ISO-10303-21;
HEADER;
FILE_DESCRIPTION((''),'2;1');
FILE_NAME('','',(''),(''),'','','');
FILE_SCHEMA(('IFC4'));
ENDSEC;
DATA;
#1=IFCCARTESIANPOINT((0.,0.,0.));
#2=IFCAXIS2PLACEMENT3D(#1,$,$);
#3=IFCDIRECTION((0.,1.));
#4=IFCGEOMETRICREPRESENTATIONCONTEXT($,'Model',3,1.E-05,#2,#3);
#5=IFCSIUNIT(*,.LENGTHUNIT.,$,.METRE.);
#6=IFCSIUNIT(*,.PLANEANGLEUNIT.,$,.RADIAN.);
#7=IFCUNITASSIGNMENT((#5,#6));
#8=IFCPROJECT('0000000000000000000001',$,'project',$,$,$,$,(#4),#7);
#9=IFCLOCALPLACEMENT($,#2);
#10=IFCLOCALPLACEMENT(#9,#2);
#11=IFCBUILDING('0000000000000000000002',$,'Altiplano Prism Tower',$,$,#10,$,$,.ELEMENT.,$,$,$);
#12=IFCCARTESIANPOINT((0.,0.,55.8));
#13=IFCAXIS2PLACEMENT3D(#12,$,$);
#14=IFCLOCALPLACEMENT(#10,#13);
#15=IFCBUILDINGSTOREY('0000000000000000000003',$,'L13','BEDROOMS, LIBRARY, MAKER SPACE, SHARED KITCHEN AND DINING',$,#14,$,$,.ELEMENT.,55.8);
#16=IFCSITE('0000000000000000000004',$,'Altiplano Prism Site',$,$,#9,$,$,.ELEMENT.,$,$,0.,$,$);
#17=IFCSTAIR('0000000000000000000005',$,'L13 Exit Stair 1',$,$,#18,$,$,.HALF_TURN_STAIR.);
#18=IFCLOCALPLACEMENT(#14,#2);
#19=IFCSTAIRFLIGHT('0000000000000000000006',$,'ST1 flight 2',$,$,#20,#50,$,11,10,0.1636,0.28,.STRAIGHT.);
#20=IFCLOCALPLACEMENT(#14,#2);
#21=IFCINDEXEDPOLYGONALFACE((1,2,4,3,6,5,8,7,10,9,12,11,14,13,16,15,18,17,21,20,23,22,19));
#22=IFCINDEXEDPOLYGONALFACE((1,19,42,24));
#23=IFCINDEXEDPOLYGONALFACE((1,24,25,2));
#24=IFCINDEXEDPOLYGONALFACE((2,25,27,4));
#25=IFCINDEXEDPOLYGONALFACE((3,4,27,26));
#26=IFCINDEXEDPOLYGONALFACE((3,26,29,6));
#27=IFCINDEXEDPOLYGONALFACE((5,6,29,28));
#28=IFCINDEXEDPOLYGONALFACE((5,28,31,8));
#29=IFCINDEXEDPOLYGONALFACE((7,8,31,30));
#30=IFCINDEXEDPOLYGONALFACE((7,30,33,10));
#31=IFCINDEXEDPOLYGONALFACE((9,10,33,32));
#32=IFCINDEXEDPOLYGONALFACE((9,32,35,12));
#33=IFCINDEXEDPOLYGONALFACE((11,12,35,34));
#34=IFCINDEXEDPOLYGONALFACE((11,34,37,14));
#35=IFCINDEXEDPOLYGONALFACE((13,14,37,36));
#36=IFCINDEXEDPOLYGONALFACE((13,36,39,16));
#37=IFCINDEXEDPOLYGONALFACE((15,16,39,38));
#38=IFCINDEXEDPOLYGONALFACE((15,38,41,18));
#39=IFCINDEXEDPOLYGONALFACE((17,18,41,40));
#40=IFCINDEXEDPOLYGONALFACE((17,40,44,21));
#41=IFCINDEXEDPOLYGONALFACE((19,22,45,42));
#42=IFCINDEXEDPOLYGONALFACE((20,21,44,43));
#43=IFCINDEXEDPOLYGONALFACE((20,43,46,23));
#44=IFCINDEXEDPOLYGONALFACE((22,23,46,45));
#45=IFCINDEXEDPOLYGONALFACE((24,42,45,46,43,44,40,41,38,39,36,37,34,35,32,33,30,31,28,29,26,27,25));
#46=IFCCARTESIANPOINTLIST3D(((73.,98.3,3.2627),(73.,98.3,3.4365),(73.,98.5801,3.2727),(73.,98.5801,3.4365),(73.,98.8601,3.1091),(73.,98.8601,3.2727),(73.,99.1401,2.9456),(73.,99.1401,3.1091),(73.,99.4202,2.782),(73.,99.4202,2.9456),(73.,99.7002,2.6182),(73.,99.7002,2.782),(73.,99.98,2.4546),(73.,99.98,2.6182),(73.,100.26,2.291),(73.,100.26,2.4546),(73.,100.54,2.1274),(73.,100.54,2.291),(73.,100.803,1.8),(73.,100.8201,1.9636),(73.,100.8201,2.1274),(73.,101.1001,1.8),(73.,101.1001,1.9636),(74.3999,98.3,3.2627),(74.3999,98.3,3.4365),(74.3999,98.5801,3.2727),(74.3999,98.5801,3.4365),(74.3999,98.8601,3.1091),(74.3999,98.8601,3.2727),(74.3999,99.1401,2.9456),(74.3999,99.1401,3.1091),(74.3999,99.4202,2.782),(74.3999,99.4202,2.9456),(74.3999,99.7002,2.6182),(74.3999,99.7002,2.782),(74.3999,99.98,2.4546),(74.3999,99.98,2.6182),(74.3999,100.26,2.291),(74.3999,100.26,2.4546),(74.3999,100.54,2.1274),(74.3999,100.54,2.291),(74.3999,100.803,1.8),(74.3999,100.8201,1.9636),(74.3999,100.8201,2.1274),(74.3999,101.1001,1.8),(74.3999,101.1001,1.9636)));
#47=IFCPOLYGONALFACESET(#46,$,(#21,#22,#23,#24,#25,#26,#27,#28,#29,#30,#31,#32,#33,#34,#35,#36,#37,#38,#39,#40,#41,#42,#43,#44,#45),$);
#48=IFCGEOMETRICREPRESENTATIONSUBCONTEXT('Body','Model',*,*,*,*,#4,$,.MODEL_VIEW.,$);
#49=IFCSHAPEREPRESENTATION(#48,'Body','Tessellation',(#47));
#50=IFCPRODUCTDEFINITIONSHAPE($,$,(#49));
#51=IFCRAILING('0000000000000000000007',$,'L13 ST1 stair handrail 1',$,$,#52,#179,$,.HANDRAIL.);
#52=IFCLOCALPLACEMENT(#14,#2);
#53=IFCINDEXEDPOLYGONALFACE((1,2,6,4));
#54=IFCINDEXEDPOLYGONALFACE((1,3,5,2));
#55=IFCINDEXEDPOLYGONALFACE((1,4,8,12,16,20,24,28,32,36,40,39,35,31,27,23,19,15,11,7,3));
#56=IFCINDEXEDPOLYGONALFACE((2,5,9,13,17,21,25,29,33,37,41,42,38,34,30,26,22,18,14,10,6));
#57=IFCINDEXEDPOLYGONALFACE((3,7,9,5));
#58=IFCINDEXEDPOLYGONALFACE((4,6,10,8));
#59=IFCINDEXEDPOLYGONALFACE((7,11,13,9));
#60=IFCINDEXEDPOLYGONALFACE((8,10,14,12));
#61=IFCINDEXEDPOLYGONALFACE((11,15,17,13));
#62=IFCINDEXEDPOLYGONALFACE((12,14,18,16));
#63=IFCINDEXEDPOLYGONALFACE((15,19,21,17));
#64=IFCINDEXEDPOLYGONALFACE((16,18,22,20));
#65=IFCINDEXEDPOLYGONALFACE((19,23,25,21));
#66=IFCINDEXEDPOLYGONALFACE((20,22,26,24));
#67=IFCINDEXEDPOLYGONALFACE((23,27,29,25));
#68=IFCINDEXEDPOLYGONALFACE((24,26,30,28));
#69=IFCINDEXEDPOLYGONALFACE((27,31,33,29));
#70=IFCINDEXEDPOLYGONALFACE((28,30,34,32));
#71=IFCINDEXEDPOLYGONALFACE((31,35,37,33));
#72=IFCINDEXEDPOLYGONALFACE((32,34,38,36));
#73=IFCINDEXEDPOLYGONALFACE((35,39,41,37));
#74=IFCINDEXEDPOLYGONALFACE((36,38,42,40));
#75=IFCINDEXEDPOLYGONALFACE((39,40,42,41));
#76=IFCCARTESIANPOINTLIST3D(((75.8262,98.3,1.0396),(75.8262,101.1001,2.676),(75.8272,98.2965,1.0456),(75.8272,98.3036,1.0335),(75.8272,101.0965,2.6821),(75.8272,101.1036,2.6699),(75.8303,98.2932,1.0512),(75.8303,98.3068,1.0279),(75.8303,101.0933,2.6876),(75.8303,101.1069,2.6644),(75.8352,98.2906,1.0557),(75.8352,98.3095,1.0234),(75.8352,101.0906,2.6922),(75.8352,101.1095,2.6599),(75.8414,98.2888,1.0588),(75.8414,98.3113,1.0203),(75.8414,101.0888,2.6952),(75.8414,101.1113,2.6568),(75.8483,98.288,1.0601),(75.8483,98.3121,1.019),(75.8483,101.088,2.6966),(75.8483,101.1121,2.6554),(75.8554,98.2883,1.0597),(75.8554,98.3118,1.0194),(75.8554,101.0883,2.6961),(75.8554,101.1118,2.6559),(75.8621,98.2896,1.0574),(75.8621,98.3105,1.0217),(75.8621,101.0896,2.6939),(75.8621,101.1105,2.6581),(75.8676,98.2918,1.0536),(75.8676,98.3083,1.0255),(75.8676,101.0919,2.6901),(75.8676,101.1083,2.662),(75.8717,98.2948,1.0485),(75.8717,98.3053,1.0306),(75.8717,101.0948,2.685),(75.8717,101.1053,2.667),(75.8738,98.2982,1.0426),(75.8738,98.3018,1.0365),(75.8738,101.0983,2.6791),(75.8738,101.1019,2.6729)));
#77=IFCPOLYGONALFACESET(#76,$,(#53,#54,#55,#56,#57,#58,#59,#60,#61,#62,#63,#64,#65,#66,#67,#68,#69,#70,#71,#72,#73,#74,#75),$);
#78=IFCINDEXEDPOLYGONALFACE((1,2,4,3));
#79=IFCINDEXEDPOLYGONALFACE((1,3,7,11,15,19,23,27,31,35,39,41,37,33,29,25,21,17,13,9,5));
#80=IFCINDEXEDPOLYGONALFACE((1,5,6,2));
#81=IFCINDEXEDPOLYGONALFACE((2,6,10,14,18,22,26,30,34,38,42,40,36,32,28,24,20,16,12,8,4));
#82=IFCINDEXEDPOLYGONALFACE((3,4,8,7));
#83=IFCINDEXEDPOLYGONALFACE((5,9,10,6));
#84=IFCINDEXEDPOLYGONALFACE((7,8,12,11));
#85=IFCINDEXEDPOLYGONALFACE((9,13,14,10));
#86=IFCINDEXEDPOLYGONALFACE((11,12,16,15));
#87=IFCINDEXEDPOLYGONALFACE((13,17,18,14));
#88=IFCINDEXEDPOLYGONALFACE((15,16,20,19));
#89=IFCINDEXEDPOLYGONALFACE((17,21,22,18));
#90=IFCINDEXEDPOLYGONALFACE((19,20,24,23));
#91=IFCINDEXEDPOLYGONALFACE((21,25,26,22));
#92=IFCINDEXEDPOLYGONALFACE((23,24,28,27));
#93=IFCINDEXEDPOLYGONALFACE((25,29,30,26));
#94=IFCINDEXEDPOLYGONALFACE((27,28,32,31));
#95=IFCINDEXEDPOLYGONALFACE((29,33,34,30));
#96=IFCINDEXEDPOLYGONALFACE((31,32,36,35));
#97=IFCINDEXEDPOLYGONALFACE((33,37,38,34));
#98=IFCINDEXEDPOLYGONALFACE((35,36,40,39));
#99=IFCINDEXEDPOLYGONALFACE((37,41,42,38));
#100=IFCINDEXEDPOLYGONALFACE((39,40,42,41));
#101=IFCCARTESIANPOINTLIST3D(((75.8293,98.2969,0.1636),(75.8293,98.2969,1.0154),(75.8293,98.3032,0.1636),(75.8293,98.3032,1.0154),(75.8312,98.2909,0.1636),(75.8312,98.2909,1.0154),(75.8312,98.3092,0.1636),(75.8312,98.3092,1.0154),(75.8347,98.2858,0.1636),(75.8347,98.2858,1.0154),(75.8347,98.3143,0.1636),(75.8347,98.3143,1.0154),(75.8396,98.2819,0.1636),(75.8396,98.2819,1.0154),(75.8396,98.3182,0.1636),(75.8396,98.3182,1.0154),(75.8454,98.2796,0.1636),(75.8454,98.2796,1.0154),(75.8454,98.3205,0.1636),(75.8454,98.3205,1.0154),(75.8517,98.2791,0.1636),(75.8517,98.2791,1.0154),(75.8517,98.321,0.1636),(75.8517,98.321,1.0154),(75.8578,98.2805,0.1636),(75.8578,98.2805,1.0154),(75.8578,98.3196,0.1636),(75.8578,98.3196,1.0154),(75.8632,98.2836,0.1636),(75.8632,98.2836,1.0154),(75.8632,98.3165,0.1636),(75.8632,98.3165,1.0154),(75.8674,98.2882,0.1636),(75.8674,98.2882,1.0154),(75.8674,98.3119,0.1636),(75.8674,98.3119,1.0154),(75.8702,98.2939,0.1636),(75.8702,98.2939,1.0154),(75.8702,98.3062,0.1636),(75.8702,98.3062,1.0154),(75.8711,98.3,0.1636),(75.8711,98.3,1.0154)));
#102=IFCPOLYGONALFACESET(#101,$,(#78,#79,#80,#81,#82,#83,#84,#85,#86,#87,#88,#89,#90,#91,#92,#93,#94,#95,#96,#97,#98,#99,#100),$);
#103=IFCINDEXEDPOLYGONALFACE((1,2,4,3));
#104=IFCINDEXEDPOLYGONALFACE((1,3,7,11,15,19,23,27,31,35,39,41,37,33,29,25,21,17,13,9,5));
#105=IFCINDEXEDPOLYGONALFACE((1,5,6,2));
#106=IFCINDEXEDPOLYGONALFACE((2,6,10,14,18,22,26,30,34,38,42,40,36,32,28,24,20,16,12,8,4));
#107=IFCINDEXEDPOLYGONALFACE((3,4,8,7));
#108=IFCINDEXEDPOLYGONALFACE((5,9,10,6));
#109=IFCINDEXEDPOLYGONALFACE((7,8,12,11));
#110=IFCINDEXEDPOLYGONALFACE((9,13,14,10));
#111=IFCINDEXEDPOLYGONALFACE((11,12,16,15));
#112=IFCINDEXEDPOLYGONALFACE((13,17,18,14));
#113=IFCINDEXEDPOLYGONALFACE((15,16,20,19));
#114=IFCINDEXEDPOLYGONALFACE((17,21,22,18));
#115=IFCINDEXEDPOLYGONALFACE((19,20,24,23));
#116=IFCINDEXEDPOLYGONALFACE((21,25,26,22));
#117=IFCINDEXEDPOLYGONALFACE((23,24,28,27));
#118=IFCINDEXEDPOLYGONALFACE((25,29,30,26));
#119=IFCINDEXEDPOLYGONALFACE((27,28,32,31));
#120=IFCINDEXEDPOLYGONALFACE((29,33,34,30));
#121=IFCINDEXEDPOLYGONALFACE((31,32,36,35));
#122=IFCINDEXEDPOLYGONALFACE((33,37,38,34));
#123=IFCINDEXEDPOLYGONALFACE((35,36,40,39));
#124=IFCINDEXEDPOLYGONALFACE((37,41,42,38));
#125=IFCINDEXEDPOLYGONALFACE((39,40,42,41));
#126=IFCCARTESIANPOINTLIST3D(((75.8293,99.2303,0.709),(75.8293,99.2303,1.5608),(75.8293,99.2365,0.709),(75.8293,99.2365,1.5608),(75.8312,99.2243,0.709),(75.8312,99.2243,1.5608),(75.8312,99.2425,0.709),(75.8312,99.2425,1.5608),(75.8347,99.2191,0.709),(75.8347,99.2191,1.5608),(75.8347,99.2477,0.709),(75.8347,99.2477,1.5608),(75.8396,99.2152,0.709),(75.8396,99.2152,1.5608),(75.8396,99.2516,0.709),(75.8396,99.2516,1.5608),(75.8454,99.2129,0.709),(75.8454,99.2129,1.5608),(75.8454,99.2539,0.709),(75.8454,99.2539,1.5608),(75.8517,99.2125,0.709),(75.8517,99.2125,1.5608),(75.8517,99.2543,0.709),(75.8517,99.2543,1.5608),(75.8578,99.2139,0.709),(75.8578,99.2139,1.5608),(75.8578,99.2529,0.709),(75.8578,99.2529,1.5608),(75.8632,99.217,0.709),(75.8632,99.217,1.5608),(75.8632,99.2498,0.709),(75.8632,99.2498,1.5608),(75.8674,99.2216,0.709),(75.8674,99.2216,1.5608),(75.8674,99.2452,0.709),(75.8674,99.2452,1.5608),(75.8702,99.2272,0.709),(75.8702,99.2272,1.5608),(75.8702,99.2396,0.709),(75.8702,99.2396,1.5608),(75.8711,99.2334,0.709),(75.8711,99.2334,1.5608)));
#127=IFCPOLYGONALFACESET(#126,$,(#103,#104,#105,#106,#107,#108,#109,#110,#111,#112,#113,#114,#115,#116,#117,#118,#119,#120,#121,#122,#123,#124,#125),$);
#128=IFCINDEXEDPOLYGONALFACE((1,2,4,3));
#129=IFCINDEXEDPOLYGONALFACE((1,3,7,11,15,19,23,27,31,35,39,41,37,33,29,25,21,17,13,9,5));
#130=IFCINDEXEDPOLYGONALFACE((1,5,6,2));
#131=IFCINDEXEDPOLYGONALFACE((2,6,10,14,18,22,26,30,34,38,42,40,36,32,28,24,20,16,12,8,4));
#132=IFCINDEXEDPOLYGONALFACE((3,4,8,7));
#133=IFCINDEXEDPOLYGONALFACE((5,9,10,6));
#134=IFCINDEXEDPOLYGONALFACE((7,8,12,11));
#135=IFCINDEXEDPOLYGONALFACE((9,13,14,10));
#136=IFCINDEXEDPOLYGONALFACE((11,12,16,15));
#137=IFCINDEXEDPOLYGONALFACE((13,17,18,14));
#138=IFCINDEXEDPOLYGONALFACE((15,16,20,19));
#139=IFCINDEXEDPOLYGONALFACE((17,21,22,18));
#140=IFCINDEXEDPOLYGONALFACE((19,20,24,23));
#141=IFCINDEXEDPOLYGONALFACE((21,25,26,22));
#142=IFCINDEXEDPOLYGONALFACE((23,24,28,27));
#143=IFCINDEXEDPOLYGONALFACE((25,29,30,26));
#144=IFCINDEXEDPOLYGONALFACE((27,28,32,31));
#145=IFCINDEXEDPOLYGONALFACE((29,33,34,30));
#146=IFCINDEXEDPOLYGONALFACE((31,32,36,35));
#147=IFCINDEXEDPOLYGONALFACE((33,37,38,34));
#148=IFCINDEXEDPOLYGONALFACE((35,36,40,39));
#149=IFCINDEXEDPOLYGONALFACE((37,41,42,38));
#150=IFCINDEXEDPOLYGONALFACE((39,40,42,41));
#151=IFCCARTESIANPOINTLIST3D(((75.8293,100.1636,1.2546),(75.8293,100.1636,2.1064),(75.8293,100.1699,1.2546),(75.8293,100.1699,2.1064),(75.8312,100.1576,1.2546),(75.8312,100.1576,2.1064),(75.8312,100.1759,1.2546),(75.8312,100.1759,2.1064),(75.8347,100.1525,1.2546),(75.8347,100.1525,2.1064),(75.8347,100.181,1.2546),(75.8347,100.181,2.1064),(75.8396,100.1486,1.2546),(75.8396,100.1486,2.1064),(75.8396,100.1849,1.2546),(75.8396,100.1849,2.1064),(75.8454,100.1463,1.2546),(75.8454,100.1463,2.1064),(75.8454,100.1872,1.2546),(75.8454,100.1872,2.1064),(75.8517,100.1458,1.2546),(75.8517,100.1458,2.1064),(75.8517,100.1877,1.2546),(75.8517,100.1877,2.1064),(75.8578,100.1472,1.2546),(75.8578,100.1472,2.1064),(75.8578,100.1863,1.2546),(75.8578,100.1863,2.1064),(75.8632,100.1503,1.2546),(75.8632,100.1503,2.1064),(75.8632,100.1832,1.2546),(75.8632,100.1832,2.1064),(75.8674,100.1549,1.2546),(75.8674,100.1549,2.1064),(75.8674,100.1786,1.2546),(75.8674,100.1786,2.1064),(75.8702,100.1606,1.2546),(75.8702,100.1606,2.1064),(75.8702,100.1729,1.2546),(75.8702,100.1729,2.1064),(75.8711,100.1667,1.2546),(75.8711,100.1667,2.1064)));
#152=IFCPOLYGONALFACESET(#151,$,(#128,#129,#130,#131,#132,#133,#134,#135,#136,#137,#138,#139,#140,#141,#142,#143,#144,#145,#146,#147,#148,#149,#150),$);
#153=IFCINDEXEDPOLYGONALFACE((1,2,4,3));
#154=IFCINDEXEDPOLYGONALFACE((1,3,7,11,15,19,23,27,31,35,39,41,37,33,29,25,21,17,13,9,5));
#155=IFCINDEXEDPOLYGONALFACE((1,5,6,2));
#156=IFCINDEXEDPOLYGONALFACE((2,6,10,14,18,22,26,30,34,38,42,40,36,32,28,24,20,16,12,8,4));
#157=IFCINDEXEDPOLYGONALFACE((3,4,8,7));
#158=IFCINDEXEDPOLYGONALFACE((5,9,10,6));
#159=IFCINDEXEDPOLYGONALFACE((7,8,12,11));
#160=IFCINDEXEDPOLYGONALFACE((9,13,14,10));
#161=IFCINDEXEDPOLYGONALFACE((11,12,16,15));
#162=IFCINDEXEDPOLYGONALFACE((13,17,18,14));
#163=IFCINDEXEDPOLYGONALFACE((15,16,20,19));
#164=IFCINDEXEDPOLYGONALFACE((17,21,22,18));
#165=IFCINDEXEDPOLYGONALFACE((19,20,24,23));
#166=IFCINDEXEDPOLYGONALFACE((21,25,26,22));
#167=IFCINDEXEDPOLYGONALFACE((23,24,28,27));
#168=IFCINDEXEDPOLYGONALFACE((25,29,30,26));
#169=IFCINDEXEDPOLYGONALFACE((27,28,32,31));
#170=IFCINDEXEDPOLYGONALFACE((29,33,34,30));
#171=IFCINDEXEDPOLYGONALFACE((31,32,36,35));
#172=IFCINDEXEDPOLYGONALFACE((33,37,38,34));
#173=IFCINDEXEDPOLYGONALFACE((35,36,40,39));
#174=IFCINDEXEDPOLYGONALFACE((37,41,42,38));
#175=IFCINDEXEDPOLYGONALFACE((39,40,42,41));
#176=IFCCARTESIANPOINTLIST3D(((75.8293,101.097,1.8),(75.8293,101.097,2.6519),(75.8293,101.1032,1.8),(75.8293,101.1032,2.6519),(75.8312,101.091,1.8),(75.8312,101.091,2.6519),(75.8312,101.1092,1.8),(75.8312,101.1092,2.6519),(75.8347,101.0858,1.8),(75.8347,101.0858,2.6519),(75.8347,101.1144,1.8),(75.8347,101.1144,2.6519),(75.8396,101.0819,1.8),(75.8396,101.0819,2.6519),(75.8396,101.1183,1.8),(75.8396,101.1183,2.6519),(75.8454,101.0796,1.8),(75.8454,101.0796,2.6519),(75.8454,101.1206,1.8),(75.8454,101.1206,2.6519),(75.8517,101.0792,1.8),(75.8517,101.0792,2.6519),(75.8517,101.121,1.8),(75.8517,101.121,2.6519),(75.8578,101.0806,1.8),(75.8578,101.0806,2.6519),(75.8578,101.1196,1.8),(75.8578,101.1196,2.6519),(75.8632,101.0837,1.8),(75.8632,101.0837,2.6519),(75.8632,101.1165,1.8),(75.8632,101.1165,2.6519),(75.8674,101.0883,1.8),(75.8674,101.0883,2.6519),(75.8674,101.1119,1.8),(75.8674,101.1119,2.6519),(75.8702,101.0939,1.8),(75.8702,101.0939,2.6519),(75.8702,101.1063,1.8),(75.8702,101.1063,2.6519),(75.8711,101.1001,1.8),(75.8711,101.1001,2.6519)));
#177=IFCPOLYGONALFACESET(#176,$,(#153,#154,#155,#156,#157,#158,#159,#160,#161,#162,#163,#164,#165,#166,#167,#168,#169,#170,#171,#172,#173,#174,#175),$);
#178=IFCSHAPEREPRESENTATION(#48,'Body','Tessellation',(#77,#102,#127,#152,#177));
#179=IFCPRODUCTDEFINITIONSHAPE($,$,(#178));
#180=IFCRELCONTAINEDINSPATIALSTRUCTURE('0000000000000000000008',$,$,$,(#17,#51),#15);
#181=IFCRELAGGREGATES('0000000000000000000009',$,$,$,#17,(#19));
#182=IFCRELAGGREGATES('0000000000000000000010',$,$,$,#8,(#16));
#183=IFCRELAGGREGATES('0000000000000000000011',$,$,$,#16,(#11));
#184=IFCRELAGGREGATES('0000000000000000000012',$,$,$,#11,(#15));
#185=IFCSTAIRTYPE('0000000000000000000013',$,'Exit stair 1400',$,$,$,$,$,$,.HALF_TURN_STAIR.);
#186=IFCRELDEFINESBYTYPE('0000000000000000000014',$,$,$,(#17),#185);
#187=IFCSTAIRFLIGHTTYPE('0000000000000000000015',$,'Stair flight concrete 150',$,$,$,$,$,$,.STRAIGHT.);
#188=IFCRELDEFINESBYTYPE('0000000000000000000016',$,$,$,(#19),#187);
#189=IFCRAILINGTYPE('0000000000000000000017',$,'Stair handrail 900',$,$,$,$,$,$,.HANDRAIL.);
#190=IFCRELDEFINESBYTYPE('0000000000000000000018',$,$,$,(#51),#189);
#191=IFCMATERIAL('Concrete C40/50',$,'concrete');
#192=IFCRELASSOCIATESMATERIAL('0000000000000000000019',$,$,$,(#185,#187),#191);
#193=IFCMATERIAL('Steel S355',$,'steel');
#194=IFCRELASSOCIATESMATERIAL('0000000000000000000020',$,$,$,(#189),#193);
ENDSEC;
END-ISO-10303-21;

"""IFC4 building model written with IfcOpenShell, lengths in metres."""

from ifc_helpers import new_model, si_unit, direction, frame, origin, origin_2d, place, context, subcontext, project, spatial, polyline, circle, outline, extrude, material, type_object, element, aggregate, save


model = new_model("IFC4")

# Units and contexts
model_context = context("Model", 3, precision=1e-05, world=origin(), true_north=direction((0.0, 1.0)))
body_context = subcontext(model_context, "Body", "Model", "MODEL_VIEW")
ifc_project = project(units=[si_unit("LENGTHUNIT", "METRE"), si_unit("PLANEANGLEUNIT", "RADIAN")], contexts=[model_context])

# Site, building, storey
site_placement = place(None, origin())
site = spatial("IfcSite", under=ifc_project, at=site_placement, Name="Altiplano Prism Site", CompositionType="ELEMENT", RefElevation=0.0)
building_placement = place(site_placement, origin())
building = spatial("IfcBuilding", under=site, at=building_placement, Name="Altiplano Prism Tower", CompositionType="ELEMENT")
storey_placement = place(building_placement, frame((0.0, 0.0, 55.8)))
storey = spatial("IfcBuildingStorey", under=building, at=storey_placement, Name="L13", Description="BEDROOMS, LIBRARY, MAKER SPACE, SHARED KITCHEN AND DINING", CompositionType="ELEMENT", Elevation=55.8)

# Stair, stair flight
ifc_material_1 = material(Name="Concrete C40/50", Category="concrete")
stair_type = type_object("IfcStairType", Name="Exit stair 1400", PredefinedType="HALF_TURN_STAIR", material=ifc_material_1)
stair_placement = place(storey_placement, origin())
stair = element("IfcStair", 1, at=stair_placement, inside=storey, type_object=stair_type, Name="L13 Exit Stair 1", PredefinedType="HALF_TURN_STAIR")
stair_flight_type = type_object("IfcStairFlightType", Name="Stair flight concrete 150", PredefinedType="STRAIGHT", material=ifc_material_1)
stair_flight_1_placement = place(storey_placement, frame((73.7, 101.1001, 1.8), z_axis=(0.0, 0.0, 1.0), x_axis=(0.0, -1.0, 0.0)))
stair_flight_1 = element("IfcStairFlight", 2, at=stair_flight_1_placement, type_object=stair_flight_type, Name="ST1 flight 2", NumberOfRisers=11, NumberOfTreads=10, PredefinedType="STRAIGHT", RiserHeight=0.1636, TreadLength=0.28, context=body_context, shape_type="SweptSolid", body=[
    extrude(outline(polyline([(0.0, 0.0), (0.0, 0.1636), (0.28, 0.1636), (0.28, 0.3274), (0.5601, 0.3274), (0.5601, 0.491), (0.8401, 0.491), (0.8401, 0.6545), (1.1201, 0.6545), (1.1201, 0.8181), (1.3999, 0.8181), (1.3999, 0.9819), (1.6799, 0.9819), (1.6799, 1.1455), (1.96, 1.1455), (1.96, 1.3091), (2.24, 1.3091), (2.24, 1.4727), (2.52, 1.4727), (2.52, 1.6365), (2.8, 1.6365), (2.8, 1.8), (2.8, 1.4626), (0.2971, 0.0), (0.0, 0.0)])), frame((0.0, 0.7, 0.0), z_axis=(0.0, -1.0, 0.0), x_axis=(1.0, 0.0, 0.0)), (0.0, 0.0, 1.0), 1.3999),
])
aggregate(stair, [stair_flight_1])

# Railing
ifc_material_2 = material(Name="Steel S355", Category="steel")
railing_type_1 = type_object("IfcRailingType", Name="Stair handrail 900", PredefinedType="HANDRAIL", material=ifc_material_2)
railing_1_placement = place(storey_placement, frame((75.8501, 98.3, 0.1636)))
element("IfcRailing", 3, at=railing_1_placement, inside=storey, type_object=railing_type_1, Name="L13 ST1 stair handrail 1", PredefinedType="HANDRAIL", context=body_context, shape_type="SweptSolid", body=[
    extrude(circle(Radius=0.0239, at=origin_2d()), frame((0.0, 0.0, 0.876), z_axis=(0.0, 0.863361, 0.504587), x_axis=(-1.0, 0.0, 0.0)), (0.0, 0.0, 1.0), 3.2432),
    extrude(circle(Radius=0.021, at=origin_2d()), origin(), (0.0, 0.0, 1.0), 0.8518),
    extrude(circle(Radius=0.021, at=origin_2d()), frame((0.0, 0.9333, 0.5454)), (0.0, 0.0, 1.0), 0.8518),
    extrude(circle(Radius=0.021, at=origin_2d()), frame((0.0, 1.8667, 1.0911)), (0.0, 0.0, 1.0), 0.8518),
    extrude(circle(Radius=0.021, at=origin_2d()), frame((0.0, 2.8, 1.6365)), (0.0, 0.0, 1.0), 0.8518),
])

save(model, "model.ifc")
